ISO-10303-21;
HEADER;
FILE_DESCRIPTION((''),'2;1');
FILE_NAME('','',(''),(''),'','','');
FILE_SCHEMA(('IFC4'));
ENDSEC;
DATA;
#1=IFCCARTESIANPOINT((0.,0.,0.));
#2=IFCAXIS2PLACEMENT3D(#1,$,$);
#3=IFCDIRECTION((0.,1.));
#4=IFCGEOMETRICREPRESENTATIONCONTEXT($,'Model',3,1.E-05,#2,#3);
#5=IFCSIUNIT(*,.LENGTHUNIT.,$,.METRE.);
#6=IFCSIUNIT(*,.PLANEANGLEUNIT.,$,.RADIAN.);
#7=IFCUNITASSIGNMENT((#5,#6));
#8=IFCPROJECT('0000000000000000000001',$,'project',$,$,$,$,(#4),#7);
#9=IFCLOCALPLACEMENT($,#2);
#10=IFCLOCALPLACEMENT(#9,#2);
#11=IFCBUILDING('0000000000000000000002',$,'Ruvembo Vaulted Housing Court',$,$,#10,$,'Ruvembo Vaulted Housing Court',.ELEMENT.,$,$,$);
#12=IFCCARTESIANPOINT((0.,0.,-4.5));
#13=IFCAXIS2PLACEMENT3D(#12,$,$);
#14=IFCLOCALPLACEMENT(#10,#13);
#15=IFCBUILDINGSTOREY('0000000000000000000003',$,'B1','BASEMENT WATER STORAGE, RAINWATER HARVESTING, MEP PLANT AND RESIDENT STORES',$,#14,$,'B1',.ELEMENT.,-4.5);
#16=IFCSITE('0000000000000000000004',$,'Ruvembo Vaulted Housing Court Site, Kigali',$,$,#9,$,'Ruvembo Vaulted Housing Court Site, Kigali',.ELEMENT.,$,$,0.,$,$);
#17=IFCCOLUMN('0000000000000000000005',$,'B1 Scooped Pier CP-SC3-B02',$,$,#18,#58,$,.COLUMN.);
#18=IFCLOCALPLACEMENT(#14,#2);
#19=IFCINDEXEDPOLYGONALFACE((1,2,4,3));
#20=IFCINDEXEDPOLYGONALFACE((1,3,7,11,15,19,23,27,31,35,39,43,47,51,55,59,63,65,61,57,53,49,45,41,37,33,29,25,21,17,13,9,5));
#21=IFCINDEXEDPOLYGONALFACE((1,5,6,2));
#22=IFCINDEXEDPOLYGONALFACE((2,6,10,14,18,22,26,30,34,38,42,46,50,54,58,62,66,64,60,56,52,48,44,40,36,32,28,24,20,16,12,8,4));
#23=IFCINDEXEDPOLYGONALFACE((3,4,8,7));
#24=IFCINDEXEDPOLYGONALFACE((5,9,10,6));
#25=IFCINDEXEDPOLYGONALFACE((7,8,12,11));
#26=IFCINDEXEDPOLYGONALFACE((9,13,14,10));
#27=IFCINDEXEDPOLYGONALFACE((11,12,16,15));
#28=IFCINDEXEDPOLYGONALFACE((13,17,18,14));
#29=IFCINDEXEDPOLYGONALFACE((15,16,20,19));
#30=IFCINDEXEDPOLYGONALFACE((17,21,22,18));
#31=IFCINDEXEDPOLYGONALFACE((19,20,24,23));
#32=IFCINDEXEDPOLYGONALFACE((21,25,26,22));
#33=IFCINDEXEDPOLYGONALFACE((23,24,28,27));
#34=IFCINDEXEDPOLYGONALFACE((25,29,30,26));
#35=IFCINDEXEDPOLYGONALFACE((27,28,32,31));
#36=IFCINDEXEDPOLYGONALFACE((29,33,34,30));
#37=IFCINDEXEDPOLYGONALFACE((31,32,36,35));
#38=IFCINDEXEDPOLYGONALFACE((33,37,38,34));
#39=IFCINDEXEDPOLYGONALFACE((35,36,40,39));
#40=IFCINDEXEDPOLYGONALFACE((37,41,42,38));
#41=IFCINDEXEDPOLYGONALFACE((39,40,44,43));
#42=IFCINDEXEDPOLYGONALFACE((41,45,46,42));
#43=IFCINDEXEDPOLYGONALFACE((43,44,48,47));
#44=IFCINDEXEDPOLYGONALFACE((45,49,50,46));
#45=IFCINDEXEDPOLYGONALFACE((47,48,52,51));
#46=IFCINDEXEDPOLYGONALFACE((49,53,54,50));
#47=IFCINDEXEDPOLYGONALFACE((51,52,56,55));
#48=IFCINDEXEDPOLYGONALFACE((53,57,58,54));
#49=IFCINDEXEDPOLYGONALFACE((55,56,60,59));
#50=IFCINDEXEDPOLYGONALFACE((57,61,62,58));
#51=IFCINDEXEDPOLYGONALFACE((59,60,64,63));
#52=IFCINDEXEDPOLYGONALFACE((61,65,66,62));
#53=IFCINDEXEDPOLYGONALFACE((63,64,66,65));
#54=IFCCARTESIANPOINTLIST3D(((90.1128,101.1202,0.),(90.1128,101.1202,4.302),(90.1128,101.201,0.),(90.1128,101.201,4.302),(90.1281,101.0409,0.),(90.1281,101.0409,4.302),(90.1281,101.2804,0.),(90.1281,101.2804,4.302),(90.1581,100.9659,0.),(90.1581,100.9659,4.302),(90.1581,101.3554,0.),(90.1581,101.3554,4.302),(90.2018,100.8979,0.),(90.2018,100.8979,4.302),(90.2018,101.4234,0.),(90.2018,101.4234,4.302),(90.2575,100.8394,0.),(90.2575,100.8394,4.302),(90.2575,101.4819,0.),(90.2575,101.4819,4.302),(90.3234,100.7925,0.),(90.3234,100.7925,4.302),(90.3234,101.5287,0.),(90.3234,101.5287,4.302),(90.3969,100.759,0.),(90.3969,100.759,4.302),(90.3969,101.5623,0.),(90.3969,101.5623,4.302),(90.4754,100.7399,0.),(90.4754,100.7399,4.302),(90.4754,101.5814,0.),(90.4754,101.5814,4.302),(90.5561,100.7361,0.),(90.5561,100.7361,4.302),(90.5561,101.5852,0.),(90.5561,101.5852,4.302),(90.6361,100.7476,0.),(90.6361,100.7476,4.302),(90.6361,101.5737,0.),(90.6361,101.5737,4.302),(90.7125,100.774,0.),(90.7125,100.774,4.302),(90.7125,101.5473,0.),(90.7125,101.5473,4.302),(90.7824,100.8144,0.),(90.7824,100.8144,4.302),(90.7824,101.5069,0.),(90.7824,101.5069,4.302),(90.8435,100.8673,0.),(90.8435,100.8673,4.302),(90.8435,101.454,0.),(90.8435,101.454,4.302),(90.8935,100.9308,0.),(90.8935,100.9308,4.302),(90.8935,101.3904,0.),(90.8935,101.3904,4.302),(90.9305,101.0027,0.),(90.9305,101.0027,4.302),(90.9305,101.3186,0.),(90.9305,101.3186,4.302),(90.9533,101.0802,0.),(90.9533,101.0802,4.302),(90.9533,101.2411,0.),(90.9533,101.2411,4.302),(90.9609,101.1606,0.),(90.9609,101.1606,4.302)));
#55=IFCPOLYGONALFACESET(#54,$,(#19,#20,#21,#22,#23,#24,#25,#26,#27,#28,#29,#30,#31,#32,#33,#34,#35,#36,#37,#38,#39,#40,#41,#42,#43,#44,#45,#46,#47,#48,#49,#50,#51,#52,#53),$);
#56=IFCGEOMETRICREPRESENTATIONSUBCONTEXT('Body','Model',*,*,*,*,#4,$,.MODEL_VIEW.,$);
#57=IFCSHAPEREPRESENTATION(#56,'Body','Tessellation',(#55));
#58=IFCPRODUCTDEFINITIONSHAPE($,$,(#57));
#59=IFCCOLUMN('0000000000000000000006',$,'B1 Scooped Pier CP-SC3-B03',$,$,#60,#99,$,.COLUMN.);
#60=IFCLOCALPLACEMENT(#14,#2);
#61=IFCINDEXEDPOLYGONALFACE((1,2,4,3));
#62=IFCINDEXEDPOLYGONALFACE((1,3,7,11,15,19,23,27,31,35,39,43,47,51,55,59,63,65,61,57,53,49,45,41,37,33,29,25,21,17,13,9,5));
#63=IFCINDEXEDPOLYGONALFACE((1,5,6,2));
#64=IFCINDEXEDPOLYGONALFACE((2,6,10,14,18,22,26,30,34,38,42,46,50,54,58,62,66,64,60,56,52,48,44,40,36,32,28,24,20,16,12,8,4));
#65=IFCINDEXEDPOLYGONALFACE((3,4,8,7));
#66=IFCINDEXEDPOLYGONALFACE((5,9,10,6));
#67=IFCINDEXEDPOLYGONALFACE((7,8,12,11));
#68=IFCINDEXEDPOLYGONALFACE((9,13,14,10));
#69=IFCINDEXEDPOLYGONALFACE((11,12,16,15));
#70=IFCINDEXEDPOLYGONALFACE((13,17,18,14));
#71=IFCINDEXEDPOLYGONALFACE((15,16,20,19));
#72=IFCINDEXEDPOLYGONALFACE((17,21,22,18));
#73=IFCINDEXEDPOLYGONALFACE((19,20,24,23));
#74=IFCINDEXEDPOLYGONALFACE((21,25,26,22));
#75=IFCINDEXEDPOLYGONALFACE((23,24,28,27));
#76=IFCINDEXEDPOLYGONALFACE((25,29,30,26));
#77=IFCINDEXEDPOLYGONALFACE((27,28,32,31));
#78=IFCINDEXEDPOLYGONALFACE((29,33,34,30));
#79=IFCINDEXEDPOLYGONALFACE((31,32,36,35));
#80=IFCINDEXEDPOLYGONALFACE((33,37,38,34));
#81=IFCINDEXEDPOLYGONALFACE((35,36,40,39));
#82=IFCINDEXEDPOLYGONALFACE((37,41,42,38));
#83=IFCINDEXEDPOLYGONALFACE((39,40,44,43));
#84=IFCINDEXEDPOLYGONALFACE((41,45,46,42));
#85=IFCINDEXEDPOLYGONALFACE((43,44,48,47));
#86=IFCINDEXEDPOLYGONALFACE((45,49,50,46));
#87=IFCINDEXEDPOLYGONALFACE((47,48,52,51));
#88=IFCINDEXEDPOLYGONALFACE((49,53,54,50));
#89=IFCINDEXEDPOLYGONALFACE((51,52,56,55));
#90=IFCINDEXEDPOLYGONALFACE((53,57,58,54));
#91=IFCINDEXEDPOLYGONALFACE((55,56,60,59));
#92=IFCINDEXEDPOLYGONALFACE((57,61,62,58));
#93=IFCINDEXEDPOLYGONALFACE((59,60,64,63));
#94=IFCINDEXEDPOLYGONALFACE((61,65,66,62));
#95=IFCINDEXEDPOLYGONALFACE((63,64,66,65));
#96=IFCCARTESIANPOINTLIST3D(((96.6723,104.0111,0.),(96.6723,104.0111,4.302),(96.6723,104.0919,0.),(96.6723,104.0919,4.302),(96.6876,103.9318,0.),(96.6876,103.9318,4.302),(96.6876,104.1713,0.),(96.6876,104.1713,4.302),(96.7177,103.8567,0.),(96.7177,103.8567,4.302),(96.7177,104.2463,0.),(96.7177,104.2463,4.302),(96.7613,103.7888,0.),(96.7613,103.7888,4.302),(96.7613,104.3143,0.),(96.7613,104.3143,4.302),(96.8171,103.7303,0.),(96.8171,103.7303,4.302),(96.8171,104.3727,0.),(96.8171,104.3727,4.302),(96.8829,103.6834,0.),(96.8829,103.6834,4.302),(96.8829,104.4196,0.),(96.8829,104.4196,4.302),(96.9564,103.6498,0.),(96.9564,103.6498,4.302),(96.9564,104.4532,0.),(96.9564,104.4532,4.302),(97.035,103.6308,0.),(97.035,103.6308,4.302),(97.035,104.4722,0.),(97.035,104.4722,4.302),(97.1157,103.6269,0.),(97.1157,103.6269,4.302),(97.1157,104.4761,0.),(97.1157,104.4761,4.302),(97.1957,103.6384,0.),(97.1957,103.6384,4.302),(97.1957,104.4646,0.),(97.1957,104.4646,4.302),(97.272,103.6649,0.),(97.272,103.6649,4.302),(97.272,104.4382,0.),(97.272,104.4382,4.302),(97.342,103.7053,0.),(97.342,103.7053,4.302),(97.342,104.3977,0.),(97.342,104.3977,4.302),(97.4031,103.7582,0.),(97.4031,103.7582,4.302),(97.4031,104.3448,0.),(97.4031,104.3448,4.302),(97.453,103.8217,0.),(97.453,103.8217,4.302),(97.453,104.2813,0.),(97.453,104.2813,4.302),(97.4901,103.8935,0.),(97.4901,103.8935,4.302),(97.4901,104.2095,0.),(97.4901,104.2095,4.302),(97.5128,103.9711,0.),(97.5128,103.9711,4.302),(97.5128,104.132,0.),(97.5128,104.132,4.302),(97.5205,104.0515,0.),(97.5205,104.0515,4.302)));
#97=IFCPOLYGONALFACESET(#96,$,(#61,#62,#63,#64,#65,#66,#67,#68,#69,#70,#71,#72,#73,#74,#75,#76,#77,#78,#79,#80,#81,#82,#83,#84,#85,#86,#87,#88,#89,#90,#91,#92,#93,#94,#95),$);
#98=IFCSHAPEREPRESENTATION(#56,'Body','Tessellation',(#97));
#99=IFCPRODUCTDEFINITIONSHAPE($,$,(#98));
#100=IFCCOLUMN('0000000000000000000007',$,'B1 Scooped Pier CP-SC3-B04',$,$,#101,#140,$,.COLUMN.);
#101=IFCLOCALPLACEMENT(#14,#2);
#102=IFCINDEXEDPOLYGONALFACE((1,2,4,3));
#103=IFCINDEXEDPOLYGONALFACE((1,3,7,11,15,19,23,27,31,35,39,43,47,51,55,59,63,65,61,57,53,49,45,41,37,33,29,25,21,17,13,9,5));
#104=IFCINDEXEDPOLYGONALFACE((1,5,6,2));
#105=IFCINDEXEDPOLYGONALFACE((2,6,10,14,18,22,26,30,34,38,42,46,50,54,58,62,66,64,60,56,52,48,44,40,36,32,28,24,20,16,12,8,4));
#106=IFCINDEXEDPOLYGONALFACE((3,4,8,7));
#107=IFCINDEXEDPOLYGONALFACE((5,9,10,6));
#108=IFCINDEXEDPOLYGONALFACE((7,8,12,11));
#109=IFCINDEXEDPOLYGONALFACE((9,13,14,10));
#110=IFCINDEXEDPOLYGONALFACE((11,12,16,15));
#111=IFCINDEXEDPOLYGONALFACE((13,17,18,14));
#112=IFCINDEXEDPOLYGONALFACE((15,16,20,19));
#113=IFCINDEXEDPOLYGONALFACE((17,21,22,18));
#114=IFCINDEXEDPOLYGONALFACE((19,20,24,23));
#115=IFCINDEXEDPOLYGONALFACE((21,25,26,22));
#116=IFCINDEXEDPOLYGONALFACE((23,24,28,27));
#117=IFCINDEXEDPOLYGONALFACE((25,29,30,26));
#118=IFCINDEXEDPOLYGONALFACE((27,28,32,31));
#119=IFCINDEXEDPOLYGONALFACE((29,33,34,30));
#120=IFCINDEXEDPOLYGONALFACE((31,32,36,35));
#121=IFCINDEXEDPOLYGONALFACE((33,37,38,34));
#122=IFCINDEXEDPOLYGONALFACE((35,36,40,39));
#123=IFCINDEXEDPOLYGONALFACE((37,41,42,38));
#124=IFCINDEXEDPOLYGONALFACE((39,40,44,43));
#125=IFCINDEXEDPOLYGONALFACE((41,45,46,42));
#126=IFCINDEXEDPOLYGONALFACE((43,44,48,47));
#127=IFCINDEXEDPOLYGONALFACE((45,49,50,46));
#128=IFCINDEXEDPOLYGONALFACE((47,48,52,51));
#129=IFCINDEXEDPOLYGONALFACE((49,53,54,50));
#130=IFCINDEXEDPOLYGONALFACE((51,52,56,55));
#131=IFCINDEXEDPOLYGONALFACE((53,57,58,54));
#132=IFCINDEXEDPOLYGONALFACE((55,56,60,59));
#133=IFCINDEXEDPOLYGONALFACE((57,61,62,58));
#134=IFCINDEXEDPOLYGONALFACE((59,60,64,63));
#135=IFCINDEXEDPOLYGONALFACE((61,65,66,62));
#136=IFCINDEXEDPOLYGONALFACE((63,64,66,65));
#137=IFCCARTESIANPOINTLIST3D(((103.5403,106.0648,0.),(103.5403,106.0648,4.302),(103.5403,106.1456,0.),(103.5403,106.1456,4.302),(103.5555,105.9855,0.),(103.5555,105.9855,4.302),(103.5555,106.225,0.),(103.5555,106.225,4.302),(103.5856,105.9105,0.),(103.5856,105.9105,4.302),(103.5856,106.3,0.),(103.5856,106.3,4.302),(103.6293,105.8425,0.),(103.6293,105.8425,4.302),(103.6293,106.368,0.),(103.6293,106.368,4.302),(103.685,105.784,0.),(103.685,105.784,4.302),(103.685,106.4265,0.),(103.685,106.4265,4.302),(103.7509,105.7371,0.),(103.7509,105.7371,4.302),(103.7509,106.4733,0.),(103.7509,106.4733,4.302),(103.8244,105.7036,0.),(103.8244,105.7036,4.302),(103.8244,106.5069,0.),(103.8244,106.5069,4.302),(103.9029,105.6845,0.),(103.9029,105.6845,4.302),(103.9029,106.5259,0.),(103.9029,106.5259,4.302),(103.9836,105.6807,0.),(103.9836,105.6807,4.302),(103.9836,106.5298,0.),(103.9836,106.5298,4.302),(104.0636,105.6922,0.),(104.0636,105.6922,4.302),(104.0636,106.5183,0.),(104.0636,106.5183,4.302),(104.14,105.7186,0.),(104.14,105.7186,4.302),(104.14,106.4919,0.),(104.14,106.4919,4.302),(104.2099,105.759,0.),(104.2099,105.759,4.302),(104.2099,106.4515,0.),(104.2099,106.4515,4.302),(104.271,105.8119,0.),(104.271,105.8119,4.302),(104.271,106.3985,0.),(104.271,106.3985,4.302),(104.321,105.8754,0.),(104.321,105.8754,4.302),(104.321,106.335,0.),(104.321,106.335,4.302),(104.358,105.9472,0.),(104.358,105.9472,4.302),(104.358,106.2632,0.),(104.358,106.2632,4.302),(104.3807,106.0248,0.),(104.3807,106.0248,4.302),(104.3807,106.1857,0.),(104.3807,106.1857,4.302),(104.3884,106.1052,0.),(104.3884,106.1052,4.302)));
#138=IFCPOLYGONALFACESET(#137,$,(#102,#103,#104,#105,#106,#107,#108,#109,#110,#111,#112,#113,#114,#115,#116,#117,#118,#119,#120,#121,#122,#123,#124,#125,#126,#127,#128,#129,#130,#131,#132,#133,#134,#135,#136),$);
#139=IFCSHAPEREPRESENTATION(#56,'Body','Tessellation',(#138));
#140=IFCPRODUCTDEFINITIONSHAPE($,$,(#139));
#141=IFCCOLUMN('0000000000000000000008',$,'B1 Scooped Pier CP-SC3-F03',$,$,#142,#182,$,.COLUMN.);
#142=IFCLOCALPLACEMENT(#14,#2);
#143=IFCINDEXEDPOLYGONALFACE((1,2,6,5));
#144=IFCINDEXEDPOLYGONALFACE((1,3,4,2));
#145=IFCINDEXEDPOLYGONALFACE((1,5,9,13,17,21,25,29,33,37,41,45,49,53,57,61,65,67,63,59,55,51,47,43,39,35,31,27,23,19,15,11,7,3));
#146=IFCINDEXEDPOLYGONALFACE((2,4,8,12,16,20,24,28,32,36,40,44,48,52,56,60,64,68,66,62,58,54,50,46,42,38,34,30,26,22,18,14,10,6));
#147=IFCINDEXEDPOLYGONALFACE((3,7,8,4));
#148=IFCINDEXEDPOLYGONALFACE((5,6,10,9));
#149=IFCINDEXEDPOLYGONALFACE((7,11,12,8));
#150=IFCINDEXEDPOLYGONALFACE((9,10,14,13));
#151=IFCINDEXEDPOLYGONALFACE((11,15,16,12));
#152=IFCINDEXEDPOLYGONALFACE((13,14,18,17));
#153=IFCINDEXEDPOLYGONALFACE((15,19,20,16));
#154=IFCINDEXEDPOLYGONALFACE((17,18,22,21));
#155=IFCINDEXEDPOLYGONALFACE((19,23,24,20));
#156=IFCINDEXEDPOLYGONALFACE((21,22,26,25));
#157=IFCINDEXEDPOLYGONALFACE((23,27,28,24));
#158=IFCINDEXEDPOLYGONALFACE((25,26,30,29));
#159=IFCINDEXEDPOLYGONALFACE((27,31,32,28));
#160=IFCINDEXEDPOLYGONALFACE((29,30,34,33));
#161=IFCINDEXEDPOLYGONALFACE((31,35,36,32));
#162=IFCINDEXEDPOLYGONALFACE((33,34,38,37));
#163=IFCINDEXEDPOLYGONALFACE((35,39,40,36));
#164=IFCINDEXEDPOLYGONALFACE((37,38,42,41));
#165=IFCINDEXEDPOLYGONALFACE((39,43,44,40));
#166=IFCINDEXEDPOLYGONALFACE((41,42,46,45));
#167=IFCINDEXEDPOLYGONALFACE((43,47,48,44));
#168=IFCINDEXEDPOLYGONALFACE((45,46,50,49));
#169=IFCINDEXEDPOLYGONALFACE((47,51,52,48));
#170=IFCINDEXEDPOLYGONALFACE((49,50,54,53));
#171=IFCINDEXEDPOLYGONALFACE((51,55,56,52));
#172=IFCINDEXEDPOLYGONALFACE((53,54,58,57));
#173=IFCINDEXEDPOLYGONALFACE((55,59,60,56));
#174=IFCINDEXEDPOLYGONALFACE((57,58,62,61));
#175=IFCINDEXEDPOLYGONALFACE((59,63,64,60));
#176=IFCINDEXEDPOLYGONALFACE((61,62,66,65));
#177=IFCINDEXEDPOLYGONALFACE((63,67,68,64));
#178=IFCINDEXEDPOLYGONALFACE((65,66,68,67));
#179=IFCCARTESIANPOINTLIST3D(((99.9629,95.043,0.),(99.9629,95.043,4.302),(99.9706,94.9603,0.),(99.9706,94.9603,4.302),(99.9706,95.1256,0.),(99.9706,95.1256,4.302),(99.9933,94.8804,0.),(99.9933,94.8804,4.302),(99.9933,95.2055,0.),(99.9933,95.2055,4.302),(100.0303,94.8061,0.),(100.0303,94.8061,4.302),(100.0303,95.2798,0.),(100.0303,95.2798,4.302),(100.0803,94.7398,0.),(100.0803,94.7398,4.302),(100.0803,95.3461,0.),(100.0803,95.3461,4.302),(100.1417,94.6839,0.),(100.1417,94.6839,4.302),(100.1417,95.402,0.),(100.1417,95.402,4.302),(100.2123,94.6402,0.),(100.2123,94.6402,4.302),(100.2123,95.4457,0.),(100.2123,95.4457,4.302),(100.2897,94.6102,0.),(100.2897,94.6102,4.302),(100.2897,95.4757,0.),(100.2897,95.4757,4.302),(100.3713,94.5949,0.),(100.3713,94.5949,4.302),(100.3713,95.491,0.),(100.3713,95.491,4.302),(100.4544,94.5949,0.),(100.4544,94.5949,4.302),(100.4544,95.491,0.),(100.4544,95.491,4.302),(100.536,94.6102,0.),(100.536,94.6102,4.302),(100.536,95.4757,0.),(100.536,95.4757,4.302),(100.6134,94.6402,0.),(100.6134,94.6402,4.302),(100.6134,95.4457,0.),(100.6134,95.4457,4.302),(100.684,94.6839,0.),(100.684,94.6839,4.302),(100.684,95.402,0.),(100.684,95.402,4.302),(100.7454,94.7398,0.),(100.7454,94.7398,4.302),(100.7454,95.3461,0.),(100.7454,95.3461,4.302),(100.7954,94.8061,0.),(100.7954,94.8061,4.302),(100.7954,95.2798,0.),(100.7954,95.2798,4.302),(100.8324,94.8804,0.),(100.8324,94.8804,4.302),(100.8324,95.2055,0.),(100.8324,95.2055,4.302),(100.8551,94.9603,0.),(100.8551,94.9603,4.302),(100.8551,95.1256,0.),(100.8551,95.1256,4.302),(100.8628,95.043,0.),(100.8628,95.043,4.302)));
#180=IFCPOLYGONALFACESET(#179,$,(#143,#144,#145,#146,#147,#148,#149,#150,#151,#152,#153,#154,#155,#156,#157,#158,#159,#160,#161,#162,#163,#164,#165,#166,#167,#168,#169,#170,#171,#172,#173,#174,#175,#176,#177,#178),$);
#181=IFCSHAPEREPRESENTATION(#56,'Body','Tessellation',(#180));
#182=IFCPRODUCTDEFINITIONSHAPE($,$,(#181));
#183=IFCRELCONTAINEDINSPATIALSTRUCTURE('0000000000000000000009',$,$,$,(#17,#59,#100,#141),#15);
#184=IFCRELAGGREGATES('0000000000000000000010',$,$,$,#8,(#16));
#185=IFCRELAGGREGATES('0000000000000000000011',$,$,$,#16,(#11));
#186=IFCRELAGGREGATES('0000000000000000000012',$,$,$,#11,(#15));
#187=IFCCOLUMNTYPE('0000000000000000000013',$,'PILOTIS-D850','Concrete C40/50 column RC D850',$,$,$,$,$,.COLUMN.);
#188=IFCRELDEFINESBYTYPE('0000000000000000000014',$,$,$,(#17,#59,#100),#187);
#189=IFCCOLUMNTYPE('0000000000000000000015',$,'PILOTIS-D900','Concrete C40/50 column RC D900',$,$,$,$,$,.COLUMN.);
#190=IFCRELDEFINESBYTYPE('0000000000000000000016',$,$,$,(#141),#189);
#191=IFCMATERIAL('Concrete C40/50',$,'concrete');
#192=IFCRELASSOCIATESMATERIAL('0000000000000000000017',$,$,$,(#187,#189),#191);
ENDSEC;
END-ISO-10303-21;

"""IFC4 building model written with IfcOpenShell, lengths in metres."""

from ifc_helpers import new_model, si_unit, direction, frame, origin, origin_2d, place, context, subcontext, project, spatial, circle, extrude, material, material_profile, profile_set, type_object, element, save


model = new_model("IFC4")

# Units and contexts
model_context = context("Model", 3, precision=1e-05, world=origin(), true_north=direction((0.0, 1.0)))
body_context = subcontext(model_context, "Body", "Model", "MODEL_VIEW")
ifc_project = project(units=[si_unit("LENGTHUNIT", "METRE"), si_unit("PLANEANGLEUNIT", "RADIAN")], contexts=[model_context])

# Site, building, storey
site_placement = place(None, origin())
site = spatial("IfcSite", under=ifc_project, at=site_placement, Name="Ruvembo Vaulted Housing Court Site, Kigali", LongName="Ruvembo Vaulted Housing Court Site, Kigali", CompositionType="ELEMENT", RefElevation=0.0)
building_placement = place(site_placement, origin())
building = spatial("IfcBuilding", under=site, at=building_placement, Name="Ruvembo Vaulted Housing Court", LongName="Ruvembo Vaulted Housing Court", CompositionType="ELEMENT")
storey_placement = place(building_placement, frame((0.0, 0.0, -4.5)))
storey = spatial("IfcBuildingStorey", under=building, at=storey_placement, Name="B1", Description="BASEMENT WATER STORAGE, RAINWATER HARVESTING, MEP PLANT AND RESIDENT STORES", LongName="B1", CompositionType="ELEMENT", Elevation=-4.5)

# Columns
ifc_material_1 = material(Name="Concrete C40/50", Category="concrete")
ifc_material_profile_1 = material_profile(ifc_material_1, circle(Radius=0.425, at=origin_2d()), Name="RC D850")
ifc_profile_set_1 = profile_set([ifc_material_profile_1], Name="Concrete C40/50")
column_type_1 = type_object("IfcColumnType", Name="PILOTIS-D850", Description="Concrete C40/50 column RC D850", PredefinedType="COLUMN", material=ifc_profile_set_1)
for number, where, z_axis, x_axis, name in (
    (1, (90.5359, 101.1606, 0.0), (0.0, 0.0, 1.0), (1.0, 0.0, 0.0), "B1 Scooped Pier CP-SC3-B02"),
    (2, (97.0955, 104.0515, 0.0), (0.0, 0.0, 1.0), (1.0, 0.0, 0.0), "B1 Scooped Pier CP-SC3-B03"),
    (3, (103.9634, 106.1052, 0.0), (0.0, 0.0, 1.0), (1.0, 0.0, 0.0), "B1 Scooped Pier CP-SC3-B04"),
):
    element("IfcColumn", number, at=place(storey_placement, frame(where, z_axis=z_axis, x_axis=x_axis)), inside=storey, type_object=column_type_1, Name=name, PredefinedType="COLUMN", context=body_context, shape_type="SweptSolid", body=[
        extrude(circle(Radius=0.425, at=origin_2d()), origin(), (0.0, 0.0, 1.0), 4.302),
    ])
ifc_material_profile_2 = material_profile(ifc_material_1, circle(Radius=0.45, at=origin_2d()), Name="RC D900")
ifc_profile_set_2 = profile_set([ifc_material_profile_2], Name="Concrete C40/50")
column_type_2 = type_object("IfcColumnType", Name="PILOTIS-D900", Description="Concrete C40/50 column RC D900", PredefinedType="COLUMN", material=ifc_profile_set_2)
for number, where, z_axis, x_axis, name in (
    (4, (100.4128, 95.043, 0.0), (0.0, 0.0, 1.0), (1.0, 0.0, 0.0), "B1 Scooped Pier CP-SC3-F03"),
):
    element("IfcColumn", number, at=place(storey_placement, frame(where, z_axis=z_axis, x_axis=x_axis)), inside=storey, type_object=column_type_2, Name=name, PredefinedType="COLUMN", context=body_context, shape_type="SweptSolid", body=[
        extrude(circle(Radius=0.45, at=origin_2d()), origin(), (0.0, 0.0, 1.0), 4.302),
    ])

save(model, "model.ifc")
